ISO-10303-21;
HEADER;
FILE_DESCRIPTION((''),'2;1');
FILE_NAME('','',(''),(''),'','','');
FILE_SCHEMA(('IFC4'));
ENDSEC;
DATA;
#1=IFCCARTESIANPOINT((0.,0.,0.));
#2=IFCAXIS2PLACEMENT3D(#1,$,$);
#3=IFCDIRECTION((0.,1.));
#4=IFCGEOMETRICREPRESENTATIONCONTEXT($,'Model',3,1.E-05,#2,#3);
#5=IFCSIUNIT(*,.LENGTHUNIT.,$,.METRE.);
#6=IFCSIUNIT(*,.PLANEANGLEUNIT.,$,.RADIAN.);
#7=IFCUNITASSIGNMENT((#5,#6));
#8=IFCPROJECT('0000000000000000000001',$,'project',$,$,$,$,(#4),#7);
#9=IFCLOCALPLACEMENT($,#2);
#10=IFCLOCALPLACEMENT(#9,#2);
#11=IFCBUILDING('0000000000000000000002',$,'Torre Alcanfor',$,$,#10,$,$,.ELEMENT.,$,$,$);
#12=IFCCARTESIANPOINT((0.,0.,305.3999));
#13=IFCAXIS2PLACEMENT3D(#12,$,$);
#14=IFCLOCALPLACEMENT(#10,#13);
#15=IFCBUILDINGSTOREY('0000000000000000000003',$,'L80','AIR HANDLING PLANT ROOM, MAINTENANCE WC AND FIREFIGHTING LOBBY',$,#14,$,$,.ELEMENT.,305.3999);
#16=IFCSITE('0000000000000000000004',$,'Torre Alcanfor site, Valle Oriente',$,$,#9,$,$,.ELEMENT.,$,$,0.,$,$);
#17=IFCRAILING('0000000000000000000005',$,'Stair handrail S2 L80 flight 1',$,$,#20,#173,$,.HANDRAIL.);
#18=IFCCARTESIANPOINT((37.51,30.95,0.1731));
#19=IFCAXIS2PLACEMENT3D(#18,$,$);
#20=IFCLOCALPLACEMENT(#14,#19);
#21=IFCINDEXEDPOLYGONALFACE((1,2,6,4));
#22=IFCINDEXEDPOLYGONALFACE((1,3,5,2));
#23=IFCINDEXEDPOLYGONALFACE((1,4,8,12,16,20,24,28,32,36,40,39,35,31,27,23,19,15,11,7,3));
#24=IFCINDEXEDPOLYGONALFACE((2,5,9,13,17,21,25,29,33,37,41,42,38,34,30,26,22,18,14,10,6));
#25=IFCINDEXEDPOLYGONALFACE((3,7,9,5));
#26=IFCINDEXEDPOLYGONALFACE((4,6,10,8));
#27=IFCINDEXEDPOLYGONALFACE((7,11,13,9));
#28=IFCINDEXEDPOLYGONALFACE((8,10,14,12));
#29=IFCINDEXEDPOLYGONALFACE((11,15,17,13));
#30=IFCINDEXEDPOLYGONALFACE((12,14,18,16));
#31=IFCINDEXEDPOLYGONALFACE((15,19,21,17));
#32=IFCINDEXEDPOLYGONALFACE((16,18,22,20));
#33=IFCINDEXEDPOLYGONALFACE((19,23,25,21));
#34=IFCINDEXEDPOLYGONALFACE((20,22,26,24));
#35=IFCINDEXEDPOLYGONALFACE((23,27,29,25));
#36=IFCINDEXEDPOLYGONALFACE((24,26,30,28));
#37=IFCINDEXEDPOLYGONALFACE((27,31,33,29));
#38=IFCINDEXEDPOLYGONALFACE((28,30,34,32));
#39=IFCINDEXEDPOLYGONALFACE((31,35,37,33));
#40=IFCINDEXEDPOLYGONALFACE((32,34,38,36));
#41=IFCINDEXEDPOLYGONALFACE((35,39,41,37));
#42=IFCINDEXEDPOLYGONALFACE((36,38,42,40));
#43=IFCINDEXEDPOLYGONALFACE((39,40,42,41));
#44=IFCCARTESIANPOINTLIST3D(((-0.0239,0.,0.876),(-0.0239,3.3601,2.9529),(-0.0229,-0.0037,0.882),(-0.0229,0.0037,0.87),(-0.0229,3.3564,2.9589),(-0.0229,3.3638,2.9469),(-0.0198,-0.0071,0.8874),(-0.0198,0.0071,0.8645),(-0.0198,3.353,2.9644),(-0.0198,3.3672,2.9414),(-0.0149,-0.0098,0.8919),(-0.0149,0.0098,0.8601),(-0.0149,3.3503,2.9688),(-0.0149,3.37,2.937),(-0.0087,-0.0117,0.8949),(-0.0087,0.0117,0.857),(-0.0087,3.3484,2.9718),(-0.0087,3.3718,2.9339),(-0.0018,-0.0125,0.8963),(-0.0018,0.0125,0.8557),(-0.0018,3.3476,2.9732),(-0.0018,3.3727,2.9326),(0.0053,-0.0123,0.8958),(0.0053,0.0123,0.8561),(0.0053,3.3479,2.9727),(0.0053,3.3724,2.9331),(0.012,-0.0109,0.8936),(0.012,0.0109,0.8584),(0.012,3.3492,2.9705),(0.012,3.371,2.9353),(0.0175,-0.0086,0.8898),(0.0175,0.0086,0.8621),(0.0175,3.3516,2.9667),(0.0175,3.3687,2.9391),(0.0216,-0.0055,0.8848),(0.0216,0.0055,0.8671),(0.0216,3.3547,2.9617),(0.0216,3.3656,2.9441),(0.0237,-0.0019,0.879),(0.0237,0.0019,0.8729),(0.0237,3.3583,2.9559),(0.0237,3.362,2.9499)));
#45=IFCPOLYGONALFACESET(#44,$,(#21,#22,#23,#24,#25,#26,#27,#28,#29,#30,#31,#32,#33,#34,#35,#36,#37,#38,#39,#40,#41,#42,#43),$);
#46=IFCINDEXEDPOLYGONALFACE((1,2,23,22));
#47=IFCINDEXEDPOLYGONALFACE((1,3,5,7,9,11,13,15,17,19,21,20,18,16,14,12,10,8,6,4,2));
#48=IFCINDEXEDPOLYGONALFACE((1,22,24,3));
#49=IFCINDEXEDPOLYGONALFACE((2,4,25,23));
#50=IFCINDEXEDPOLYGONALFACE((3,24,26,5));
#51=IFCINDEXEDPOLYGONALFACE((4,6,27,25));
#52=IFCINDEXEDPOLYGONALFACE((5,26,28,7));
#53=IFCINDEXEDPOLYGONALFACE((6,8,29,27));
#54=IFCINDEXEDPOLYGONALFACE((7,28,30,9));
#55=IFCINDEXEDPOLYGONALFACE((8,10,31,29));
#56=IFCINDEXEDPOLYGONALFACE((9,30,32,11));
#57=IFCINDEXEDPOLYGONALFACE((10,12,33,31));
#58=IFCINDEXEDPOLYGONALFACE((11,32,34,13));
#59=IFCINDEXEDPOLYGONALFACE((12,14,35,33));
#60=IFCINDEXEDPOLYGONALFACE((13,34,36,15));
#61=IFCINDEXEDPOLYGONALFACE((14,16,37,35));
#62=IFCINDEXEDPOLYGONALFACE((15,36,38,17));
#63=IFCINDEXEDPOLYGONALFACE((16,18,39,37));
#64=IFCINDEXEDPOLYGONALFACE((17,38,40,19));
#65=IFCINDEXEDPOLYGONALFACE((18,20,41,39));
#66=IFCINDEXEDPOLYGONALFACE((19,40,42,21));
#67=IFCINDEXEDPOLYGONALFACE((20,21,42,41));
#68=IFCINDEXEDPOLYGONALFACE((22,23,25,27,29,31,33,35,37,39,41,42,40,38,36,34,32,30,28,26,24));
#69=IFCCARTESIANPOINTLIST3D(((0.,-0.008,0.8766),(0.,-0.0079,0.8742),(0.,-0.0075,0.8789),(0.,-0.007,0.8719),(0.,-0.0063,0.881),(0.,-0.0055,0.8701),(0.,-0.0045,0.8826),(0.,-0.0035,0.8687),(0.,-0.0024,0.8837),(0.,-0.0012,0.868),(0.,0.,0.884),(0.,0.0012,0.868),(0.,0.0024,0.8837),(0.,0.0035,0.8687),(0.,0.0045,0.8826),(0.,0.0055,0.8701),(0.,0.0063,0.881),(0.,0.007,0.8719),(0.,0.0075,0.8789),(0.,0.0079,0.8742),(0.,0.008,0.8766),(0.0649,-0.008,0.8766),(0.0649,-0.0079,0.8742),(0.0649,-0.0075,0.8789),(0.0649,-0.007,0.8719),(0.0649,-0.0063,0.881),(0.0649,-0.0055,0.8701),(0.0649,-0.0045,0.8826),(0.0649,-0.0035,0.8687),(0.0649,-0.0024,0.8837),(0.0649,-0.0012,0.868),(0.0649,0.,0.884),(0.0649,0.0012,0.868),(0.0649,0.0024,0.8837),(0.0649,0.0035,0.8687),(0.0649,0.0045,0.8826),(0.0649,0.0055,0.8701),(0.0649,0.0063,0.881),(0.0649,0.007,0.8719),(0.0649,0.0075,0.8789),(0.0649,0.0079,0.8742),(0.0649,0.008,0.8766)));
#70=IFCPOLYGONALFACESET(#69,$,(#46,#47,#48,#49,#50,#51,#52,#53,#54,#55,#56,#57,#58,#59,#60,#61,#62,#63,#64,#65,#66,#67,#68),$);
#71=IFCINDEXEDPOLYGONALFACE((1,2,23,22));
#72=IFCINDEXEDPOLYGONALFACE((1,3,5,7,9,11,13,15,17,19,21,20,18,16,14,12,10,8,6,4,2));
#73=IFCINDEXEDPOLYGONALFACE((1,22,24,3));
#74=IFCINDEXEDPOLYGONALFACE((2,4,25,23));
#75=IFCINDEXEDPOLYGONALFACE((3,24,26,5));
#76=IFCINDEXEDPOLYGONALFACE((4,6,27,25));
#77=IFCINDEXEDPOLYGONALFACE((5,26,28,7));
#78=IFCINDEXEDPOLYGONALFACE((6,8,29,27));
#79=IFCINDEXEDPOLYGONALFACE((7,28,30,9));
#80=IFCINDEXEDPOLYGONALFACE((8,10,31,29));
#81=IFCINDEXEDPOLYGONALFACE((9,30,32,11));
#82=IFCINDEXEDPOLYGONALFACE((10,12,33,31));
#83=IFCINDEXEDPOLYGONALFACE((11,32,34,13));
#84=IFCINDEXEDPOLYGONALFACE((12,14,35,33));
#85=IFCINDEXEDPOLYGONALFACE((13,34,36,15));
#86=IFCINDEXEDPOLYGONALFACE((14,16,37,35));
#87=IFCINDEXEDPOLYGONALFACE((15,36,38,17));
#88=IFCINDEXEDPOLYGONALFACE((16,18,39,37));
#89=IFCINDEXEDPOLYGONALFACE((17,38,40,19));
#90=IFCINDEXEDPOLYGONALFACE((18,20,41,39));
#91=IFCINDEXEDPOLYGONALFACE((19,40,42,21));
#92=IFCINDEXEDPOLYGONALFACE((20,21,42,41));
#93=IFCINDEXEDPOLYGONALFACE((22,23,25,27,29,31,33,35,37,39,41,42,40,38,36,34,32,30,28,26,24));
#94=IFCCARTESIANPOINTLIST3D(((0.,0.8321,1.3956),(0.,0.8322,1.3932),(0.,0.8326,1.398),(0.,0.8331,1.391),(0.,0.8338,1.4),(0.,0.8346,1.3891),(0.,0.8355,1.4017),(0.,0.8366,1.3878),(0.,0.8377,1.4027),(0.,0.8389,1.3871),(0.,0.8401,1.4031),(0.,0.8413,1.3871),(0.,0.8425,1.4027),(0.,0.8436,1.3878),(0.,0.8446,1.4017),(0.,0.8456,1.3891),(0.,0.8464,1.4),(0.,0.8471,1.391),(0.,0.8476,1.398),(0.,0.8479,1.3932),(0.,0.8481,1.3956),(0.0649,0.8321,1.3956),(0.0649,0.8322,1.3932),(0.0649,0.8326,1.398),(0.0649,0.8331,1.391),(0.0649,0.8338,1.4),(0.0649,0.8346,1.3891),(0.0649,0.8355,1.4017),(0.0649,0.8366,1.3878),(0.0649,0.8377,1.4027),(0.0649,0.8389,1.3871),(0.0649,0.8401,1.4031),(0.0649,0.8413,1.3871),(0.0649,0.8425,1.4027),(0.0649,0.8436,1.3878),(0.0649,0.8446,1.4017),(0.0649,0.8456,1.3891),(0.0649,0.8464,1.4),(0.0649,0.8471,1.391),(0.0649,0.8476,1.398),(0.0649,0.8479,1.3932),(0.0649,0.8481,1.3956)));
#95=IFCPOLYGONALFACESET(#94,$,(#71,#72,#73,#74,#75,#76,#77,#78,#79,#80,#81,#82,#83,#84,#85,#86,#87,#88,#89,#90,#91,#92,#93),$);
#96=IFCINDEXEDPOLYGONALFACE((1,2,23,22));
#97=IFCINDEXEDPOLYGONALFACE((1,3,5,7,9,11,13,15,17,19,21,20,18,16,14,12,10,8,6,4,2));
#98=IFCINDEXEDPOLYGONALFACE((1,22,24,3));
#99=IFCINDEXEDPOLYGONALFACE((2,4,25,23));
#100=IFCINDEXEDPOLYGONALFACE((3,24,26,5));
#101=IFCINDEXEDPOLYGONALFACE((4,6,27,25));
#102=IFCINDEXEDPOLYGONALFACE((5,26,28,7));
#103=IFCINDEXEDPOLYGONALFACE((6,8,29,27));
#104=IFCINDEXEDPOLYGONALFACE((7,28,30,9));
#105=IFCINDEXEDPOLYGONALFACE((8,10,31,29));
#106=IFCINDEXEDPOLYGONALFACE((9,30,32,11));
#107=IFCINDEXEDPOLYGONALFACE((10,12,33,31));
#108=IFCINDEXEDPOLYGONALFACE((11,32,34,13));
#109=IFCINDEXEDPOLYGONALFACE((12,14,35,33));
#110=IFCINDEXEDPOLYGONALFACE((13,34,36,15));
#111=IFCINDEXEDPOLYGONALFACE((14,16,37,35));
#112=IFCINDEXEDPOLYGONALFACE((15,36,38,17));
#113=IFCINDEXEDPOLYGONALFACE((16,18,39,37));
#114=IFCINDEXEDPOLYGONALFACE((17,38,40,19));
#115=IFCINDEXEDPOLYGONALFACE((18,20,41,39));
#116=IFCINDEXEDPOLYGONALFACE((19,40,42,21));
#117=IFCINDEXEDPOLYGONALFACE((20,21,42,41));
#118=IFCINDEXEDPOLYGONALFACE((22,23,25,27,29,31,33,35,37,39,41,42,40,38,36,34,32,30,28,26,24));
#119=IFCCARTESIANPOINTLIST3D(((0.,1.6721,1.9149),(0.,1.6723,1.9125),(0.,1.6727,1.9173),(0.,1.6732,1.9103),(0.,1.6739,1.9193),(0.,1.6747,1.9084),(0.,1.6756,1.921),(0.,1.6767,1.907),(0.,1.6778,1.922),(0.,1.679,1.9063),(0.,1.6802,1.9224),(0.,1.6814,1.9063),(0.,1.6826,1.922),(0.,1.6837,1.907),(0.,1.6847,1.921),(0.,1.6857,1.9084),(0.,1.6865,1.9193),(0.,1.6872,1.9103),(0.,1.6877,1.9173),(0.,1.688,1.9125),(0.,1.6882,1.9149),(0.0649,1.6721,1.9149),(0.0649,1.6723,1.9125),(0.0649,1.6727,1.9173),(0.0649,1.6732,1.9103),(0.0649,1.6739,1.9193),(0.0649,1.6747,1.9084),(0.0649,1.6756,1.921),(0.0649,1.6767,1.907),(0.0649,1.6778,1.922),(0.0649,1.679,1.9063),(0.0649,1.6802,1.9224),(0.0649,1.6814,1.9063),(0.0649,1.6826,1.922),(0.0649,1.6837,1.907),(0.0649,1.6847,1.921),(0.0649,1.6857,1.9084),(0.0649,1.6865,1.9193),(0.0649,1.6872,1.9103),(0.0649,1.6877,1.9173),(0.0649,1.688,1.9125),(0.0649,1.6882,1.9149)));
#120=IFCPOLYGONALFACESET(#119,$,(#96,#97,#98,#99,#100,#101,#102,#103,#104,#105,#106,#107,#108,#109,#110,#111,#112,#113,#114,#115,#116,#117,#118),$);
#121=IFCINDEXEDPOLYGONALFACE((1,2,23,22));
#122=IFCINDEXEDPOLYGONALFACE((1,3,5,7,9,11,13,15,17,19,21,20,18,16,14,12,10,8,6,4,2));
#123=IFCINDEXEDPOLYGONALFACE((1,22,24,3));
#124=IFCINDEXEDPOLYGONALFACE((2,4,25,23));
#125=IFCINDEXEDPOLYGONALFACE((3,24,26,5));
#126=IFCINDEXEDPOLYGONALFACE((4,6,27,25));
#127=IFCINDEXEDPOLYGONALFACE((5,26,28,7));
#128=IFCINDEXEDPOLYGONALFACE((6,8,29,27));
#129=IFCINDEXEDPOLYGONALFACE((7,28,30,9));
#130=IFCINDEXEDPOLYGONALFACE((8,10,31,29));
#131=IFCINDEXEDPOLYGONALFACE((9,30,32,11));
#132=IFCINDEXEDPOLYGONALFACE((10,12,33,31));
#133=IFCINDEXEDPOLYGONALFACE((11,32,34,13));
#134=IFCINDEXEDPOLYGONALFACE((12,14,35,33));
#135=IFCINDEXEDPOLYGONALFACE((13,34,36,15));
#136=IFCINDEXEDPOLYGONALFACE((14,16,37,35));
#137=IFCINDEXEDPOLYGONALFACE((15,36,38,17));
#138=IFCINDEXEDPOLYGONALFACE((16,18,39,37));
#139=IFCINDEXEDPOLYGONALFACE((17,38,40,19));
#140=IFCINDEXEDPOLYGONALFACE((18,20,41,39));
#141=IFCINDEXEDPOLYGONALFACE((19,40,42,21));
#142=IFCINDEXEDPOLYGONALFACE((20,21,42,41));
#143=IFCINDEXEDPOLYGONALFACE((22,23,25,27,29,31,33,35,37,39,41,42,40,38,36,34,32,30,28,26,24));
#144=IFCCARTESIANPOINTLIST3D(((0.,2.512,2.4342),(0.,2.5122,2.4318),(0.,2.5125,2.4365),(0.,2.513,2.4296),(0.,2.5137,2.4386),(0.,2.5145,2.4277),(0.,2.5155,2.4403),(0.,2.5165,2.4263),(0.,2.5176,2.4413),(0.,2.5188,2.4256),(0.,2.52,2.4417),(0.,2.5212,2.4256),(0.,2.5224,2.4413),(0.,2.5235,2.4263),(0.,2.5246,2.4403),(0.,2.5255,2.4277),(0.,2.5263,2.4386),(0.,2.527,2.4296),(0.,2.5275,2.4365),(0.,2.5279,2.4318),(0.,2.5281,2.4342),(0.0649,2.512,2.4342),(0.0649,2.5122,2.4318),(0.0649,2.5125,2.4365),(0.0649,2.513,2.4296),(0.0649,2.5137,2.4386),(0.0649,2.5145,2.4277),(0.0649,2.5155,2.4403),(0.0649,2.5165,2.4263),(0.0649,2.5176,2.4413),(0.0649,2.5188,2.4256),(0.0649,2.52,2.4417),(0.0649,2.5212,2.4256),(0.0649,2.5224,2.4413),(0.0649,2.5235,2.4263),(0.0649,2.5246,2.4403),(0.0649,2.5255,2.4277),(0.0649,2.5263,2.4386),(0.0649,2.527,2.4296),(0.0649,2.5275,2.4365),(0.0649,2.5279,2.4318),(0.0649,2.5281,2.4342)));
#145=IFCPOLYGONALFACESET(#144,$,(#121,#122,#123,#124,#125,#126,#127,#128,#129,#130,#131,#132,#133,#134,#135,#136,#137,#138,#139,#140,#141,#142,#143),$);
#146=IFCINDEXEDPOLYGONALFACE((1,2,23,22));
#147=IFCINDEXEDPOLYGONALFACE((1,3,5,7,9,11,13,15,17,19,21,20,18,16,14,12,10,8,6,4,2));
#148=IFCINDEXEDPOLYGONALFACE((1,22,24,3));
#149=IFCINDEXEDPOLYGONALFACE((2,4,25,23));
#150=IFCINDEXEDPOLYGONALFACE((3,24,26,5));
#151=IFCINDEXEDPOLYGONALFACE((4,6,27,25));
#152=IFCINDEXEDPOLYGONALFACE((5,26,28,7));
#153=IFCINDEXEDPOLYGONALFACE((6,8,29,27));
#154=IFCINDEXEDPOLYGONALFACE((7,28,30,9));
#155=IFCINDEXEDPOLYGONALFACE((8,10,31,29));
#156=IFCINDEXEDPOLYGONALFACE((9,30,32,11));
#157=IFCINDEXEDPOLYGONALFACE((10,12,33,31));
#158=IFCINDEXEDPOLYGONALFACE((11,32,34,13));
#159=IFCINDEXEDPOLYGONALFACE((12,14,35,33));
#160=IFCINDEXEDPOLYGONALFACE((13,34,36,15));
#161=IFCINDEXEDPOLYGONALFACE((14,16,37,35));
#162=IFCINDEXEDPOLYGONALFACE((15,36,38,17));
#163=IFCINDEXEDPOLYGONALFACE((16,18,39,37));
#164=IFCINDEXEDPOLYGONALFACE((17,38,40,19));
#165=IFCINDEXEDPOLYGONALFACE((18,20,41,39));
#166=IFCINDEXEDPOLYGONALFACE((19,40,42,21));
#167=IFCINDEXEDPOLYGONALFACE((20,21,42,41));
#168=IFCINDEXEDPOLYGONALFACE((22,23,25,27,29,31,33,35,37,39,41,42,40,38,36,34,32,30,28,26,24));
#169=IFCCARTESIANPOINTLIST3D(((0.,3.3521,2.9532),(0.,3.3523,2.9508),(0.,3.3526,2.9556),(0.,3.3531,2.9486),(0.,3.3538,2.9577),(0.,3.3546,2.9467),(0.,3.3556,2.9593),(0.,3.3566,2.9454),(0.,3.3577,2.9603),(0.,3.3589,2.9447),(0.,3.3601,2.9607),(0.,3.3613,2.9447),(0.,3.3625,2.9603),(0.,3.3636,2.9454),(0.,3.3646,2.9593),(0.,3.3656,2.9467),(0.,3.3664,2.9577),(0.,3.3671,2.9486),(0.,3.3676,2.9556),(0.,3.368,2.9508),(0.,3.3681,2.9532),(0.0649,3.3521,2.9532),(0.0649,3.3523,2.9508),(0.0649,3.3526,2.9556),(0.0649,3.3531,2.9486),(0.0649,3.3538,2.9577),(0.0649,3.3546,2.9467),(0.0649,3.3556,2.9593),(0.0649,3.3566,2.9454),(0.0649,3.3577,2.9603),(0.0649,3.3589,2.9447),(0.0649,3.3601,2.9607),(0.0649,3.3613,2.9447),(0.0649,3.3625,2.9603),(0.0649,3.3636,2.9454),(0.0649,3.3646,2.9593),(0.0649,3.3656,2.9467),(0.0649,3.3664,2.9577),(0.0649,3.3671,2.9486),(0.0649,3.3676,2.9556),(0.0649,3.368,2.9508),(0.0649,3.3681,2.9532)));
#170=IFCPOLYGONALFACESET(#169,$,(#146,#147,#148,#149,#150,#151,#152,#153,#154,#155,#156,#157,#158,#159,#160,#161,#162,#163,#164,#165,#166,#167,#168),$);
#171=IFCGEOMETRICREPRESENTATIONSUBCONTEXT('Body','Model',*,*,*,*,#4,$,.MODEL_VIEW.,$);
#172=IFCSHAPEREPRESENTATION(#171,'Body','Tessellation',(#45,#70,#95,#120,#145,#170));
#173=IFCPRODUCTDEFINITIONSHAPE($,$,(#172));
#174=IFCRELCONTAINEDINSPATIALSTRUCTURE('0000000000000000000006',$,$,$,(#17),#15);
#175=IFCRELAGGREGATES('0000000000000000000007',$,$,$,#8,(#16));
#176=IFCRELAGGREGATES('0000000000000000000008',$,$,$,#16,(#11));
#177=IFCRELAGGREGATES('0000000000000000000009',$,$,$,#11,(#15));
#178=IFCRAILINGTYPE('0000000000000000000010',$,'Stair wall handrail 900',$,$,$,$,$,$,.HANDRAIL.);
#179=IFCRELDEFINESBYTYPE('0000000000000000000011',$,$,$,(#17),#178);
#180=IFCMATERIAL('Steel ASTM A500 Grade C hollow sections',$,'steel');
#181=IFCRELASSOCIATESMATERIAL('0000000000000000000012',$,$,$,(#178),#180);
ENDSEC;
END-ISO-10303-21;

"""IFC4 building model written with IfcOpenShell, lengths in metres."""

from ifc_helpers import new_model, si_unit, direction, frame, origin, origin_2d, place, context, subcontext, project, spatial, circle, extrude, material, type_object, element, save


model = new_model("IFC4")

# Units and contexts
model_context = context("Model", 3, precision=1e-05, world=origin(), true_north=direction((0.0, 1.0)))
body_context = subcontext(model_context, "Body", "Model", "MODEL_VIEW")
ifc_project = project(units=[si_unit("LENGTHUNIT", "METRE"), si_unit("PLANEANGLEUNIT", "RADIAN")], contexts=[model_context])

# Site, building, storey
site_placement = place(None, origin())
site = spatial("IfcSite", under=ifc_project, at=site_placement, Name="Torre Alcanfor site, Valle Oriente", CompositionType="ELEMENT", RefElevation=0.0)
building_placement = place(site_placement, origin())
building = spatial("IfcBuilding", under=site, at=building_placement, Name="Torre Alcanfor", CompositionType="ELEMENT")
storey_placement = place(building_placement, frame((0.0, 0.0, 305.3999)))
storey = spatial("IfcBuildingStorey", under=building, at=storey_placement, Name="L80", Description="AIR HANDLING PLANT ROOM, MAINTENANCE WC AND FIREFIGHTING LOBBY", CompositionType="ELEMENT", Elevation=305.3999)

# Railing
ifc_material_1 = material(Name="Steel ASTM A500 Grade C hollow sections", Category="steel")
railing_type_1 = type_object("IfcRailingType", Name="Stair wall handrail 900", PredefinedType="HANDRAIL", material=ifc_material_1)
railing_1_placement = place(storey_placement, frame((37.51, 30.95, 0.1731)))
element("IfcRailing", 1, at=railing_1_placement, inside=storey, type_object=railing_type_1, Name="Stair handrail S2 L80 flight 1", PredefinedType="HANDRAIL", context=body_context, shape_type="SweptSolid", body=[
    extrude(circle(Radius=0.0239, at=origin_2d()), frame((0.0, 0.0, 0.876), z_axis=(0.0, 0.850623, 0.525776), x_axis=(-1.0, 0.0, 0.0)), (0.0, 0.0, 1.0), 3.9502),
    extrude(circle(Radius=0.0081, at=origin_2d()), frame((0.0, 0.0, 0.876), z_axis=(1.0, 0.0, 0.0), x_axis=(0.0, 0.0, 1.0)), (0.0, 0.0, 1.0), 0.0649),
    extrude(circle(Radius=0.0081, at=origin_2d()), frame((0.0, 0.8401, 1.395), z_axis=(1.0, 0.0, 0.0), x_axis=(0.0, 0.0, 1.0)), (0.0, 0.0, 1.0), 0.0649),
    extrude(circle(Radius=0.0081, at=origin_2d()), frame((0.0, 1.6802, 1.9143), z_axis=(1.0, 0.0, 0.0), x_axis=(0.0, 0.0, 1.0)), (0.0, 0.0, 1.0), 0.0649),
    extrude(circle(Radius=0.0081, at=origin_2d()), frame((0.0, 2.52, 2.4336), z_axis=(1.0, 0.0, 0.0), x_axis=(0.0, 0.0, 1.0)), (0.0, 0.0, 1.0), 0.0649),
    extrude(circle(Radius=0.0081, at=origin_2d()), frame((0.0, 3.3601, 2.9526), z_axis=(1.0, 0.0, 0.0), x_axis=(0.0, 0.0, 1.0)), (0.0, 0.0, 1.0), 0.0649),
])

save(model, "model.ifc")
